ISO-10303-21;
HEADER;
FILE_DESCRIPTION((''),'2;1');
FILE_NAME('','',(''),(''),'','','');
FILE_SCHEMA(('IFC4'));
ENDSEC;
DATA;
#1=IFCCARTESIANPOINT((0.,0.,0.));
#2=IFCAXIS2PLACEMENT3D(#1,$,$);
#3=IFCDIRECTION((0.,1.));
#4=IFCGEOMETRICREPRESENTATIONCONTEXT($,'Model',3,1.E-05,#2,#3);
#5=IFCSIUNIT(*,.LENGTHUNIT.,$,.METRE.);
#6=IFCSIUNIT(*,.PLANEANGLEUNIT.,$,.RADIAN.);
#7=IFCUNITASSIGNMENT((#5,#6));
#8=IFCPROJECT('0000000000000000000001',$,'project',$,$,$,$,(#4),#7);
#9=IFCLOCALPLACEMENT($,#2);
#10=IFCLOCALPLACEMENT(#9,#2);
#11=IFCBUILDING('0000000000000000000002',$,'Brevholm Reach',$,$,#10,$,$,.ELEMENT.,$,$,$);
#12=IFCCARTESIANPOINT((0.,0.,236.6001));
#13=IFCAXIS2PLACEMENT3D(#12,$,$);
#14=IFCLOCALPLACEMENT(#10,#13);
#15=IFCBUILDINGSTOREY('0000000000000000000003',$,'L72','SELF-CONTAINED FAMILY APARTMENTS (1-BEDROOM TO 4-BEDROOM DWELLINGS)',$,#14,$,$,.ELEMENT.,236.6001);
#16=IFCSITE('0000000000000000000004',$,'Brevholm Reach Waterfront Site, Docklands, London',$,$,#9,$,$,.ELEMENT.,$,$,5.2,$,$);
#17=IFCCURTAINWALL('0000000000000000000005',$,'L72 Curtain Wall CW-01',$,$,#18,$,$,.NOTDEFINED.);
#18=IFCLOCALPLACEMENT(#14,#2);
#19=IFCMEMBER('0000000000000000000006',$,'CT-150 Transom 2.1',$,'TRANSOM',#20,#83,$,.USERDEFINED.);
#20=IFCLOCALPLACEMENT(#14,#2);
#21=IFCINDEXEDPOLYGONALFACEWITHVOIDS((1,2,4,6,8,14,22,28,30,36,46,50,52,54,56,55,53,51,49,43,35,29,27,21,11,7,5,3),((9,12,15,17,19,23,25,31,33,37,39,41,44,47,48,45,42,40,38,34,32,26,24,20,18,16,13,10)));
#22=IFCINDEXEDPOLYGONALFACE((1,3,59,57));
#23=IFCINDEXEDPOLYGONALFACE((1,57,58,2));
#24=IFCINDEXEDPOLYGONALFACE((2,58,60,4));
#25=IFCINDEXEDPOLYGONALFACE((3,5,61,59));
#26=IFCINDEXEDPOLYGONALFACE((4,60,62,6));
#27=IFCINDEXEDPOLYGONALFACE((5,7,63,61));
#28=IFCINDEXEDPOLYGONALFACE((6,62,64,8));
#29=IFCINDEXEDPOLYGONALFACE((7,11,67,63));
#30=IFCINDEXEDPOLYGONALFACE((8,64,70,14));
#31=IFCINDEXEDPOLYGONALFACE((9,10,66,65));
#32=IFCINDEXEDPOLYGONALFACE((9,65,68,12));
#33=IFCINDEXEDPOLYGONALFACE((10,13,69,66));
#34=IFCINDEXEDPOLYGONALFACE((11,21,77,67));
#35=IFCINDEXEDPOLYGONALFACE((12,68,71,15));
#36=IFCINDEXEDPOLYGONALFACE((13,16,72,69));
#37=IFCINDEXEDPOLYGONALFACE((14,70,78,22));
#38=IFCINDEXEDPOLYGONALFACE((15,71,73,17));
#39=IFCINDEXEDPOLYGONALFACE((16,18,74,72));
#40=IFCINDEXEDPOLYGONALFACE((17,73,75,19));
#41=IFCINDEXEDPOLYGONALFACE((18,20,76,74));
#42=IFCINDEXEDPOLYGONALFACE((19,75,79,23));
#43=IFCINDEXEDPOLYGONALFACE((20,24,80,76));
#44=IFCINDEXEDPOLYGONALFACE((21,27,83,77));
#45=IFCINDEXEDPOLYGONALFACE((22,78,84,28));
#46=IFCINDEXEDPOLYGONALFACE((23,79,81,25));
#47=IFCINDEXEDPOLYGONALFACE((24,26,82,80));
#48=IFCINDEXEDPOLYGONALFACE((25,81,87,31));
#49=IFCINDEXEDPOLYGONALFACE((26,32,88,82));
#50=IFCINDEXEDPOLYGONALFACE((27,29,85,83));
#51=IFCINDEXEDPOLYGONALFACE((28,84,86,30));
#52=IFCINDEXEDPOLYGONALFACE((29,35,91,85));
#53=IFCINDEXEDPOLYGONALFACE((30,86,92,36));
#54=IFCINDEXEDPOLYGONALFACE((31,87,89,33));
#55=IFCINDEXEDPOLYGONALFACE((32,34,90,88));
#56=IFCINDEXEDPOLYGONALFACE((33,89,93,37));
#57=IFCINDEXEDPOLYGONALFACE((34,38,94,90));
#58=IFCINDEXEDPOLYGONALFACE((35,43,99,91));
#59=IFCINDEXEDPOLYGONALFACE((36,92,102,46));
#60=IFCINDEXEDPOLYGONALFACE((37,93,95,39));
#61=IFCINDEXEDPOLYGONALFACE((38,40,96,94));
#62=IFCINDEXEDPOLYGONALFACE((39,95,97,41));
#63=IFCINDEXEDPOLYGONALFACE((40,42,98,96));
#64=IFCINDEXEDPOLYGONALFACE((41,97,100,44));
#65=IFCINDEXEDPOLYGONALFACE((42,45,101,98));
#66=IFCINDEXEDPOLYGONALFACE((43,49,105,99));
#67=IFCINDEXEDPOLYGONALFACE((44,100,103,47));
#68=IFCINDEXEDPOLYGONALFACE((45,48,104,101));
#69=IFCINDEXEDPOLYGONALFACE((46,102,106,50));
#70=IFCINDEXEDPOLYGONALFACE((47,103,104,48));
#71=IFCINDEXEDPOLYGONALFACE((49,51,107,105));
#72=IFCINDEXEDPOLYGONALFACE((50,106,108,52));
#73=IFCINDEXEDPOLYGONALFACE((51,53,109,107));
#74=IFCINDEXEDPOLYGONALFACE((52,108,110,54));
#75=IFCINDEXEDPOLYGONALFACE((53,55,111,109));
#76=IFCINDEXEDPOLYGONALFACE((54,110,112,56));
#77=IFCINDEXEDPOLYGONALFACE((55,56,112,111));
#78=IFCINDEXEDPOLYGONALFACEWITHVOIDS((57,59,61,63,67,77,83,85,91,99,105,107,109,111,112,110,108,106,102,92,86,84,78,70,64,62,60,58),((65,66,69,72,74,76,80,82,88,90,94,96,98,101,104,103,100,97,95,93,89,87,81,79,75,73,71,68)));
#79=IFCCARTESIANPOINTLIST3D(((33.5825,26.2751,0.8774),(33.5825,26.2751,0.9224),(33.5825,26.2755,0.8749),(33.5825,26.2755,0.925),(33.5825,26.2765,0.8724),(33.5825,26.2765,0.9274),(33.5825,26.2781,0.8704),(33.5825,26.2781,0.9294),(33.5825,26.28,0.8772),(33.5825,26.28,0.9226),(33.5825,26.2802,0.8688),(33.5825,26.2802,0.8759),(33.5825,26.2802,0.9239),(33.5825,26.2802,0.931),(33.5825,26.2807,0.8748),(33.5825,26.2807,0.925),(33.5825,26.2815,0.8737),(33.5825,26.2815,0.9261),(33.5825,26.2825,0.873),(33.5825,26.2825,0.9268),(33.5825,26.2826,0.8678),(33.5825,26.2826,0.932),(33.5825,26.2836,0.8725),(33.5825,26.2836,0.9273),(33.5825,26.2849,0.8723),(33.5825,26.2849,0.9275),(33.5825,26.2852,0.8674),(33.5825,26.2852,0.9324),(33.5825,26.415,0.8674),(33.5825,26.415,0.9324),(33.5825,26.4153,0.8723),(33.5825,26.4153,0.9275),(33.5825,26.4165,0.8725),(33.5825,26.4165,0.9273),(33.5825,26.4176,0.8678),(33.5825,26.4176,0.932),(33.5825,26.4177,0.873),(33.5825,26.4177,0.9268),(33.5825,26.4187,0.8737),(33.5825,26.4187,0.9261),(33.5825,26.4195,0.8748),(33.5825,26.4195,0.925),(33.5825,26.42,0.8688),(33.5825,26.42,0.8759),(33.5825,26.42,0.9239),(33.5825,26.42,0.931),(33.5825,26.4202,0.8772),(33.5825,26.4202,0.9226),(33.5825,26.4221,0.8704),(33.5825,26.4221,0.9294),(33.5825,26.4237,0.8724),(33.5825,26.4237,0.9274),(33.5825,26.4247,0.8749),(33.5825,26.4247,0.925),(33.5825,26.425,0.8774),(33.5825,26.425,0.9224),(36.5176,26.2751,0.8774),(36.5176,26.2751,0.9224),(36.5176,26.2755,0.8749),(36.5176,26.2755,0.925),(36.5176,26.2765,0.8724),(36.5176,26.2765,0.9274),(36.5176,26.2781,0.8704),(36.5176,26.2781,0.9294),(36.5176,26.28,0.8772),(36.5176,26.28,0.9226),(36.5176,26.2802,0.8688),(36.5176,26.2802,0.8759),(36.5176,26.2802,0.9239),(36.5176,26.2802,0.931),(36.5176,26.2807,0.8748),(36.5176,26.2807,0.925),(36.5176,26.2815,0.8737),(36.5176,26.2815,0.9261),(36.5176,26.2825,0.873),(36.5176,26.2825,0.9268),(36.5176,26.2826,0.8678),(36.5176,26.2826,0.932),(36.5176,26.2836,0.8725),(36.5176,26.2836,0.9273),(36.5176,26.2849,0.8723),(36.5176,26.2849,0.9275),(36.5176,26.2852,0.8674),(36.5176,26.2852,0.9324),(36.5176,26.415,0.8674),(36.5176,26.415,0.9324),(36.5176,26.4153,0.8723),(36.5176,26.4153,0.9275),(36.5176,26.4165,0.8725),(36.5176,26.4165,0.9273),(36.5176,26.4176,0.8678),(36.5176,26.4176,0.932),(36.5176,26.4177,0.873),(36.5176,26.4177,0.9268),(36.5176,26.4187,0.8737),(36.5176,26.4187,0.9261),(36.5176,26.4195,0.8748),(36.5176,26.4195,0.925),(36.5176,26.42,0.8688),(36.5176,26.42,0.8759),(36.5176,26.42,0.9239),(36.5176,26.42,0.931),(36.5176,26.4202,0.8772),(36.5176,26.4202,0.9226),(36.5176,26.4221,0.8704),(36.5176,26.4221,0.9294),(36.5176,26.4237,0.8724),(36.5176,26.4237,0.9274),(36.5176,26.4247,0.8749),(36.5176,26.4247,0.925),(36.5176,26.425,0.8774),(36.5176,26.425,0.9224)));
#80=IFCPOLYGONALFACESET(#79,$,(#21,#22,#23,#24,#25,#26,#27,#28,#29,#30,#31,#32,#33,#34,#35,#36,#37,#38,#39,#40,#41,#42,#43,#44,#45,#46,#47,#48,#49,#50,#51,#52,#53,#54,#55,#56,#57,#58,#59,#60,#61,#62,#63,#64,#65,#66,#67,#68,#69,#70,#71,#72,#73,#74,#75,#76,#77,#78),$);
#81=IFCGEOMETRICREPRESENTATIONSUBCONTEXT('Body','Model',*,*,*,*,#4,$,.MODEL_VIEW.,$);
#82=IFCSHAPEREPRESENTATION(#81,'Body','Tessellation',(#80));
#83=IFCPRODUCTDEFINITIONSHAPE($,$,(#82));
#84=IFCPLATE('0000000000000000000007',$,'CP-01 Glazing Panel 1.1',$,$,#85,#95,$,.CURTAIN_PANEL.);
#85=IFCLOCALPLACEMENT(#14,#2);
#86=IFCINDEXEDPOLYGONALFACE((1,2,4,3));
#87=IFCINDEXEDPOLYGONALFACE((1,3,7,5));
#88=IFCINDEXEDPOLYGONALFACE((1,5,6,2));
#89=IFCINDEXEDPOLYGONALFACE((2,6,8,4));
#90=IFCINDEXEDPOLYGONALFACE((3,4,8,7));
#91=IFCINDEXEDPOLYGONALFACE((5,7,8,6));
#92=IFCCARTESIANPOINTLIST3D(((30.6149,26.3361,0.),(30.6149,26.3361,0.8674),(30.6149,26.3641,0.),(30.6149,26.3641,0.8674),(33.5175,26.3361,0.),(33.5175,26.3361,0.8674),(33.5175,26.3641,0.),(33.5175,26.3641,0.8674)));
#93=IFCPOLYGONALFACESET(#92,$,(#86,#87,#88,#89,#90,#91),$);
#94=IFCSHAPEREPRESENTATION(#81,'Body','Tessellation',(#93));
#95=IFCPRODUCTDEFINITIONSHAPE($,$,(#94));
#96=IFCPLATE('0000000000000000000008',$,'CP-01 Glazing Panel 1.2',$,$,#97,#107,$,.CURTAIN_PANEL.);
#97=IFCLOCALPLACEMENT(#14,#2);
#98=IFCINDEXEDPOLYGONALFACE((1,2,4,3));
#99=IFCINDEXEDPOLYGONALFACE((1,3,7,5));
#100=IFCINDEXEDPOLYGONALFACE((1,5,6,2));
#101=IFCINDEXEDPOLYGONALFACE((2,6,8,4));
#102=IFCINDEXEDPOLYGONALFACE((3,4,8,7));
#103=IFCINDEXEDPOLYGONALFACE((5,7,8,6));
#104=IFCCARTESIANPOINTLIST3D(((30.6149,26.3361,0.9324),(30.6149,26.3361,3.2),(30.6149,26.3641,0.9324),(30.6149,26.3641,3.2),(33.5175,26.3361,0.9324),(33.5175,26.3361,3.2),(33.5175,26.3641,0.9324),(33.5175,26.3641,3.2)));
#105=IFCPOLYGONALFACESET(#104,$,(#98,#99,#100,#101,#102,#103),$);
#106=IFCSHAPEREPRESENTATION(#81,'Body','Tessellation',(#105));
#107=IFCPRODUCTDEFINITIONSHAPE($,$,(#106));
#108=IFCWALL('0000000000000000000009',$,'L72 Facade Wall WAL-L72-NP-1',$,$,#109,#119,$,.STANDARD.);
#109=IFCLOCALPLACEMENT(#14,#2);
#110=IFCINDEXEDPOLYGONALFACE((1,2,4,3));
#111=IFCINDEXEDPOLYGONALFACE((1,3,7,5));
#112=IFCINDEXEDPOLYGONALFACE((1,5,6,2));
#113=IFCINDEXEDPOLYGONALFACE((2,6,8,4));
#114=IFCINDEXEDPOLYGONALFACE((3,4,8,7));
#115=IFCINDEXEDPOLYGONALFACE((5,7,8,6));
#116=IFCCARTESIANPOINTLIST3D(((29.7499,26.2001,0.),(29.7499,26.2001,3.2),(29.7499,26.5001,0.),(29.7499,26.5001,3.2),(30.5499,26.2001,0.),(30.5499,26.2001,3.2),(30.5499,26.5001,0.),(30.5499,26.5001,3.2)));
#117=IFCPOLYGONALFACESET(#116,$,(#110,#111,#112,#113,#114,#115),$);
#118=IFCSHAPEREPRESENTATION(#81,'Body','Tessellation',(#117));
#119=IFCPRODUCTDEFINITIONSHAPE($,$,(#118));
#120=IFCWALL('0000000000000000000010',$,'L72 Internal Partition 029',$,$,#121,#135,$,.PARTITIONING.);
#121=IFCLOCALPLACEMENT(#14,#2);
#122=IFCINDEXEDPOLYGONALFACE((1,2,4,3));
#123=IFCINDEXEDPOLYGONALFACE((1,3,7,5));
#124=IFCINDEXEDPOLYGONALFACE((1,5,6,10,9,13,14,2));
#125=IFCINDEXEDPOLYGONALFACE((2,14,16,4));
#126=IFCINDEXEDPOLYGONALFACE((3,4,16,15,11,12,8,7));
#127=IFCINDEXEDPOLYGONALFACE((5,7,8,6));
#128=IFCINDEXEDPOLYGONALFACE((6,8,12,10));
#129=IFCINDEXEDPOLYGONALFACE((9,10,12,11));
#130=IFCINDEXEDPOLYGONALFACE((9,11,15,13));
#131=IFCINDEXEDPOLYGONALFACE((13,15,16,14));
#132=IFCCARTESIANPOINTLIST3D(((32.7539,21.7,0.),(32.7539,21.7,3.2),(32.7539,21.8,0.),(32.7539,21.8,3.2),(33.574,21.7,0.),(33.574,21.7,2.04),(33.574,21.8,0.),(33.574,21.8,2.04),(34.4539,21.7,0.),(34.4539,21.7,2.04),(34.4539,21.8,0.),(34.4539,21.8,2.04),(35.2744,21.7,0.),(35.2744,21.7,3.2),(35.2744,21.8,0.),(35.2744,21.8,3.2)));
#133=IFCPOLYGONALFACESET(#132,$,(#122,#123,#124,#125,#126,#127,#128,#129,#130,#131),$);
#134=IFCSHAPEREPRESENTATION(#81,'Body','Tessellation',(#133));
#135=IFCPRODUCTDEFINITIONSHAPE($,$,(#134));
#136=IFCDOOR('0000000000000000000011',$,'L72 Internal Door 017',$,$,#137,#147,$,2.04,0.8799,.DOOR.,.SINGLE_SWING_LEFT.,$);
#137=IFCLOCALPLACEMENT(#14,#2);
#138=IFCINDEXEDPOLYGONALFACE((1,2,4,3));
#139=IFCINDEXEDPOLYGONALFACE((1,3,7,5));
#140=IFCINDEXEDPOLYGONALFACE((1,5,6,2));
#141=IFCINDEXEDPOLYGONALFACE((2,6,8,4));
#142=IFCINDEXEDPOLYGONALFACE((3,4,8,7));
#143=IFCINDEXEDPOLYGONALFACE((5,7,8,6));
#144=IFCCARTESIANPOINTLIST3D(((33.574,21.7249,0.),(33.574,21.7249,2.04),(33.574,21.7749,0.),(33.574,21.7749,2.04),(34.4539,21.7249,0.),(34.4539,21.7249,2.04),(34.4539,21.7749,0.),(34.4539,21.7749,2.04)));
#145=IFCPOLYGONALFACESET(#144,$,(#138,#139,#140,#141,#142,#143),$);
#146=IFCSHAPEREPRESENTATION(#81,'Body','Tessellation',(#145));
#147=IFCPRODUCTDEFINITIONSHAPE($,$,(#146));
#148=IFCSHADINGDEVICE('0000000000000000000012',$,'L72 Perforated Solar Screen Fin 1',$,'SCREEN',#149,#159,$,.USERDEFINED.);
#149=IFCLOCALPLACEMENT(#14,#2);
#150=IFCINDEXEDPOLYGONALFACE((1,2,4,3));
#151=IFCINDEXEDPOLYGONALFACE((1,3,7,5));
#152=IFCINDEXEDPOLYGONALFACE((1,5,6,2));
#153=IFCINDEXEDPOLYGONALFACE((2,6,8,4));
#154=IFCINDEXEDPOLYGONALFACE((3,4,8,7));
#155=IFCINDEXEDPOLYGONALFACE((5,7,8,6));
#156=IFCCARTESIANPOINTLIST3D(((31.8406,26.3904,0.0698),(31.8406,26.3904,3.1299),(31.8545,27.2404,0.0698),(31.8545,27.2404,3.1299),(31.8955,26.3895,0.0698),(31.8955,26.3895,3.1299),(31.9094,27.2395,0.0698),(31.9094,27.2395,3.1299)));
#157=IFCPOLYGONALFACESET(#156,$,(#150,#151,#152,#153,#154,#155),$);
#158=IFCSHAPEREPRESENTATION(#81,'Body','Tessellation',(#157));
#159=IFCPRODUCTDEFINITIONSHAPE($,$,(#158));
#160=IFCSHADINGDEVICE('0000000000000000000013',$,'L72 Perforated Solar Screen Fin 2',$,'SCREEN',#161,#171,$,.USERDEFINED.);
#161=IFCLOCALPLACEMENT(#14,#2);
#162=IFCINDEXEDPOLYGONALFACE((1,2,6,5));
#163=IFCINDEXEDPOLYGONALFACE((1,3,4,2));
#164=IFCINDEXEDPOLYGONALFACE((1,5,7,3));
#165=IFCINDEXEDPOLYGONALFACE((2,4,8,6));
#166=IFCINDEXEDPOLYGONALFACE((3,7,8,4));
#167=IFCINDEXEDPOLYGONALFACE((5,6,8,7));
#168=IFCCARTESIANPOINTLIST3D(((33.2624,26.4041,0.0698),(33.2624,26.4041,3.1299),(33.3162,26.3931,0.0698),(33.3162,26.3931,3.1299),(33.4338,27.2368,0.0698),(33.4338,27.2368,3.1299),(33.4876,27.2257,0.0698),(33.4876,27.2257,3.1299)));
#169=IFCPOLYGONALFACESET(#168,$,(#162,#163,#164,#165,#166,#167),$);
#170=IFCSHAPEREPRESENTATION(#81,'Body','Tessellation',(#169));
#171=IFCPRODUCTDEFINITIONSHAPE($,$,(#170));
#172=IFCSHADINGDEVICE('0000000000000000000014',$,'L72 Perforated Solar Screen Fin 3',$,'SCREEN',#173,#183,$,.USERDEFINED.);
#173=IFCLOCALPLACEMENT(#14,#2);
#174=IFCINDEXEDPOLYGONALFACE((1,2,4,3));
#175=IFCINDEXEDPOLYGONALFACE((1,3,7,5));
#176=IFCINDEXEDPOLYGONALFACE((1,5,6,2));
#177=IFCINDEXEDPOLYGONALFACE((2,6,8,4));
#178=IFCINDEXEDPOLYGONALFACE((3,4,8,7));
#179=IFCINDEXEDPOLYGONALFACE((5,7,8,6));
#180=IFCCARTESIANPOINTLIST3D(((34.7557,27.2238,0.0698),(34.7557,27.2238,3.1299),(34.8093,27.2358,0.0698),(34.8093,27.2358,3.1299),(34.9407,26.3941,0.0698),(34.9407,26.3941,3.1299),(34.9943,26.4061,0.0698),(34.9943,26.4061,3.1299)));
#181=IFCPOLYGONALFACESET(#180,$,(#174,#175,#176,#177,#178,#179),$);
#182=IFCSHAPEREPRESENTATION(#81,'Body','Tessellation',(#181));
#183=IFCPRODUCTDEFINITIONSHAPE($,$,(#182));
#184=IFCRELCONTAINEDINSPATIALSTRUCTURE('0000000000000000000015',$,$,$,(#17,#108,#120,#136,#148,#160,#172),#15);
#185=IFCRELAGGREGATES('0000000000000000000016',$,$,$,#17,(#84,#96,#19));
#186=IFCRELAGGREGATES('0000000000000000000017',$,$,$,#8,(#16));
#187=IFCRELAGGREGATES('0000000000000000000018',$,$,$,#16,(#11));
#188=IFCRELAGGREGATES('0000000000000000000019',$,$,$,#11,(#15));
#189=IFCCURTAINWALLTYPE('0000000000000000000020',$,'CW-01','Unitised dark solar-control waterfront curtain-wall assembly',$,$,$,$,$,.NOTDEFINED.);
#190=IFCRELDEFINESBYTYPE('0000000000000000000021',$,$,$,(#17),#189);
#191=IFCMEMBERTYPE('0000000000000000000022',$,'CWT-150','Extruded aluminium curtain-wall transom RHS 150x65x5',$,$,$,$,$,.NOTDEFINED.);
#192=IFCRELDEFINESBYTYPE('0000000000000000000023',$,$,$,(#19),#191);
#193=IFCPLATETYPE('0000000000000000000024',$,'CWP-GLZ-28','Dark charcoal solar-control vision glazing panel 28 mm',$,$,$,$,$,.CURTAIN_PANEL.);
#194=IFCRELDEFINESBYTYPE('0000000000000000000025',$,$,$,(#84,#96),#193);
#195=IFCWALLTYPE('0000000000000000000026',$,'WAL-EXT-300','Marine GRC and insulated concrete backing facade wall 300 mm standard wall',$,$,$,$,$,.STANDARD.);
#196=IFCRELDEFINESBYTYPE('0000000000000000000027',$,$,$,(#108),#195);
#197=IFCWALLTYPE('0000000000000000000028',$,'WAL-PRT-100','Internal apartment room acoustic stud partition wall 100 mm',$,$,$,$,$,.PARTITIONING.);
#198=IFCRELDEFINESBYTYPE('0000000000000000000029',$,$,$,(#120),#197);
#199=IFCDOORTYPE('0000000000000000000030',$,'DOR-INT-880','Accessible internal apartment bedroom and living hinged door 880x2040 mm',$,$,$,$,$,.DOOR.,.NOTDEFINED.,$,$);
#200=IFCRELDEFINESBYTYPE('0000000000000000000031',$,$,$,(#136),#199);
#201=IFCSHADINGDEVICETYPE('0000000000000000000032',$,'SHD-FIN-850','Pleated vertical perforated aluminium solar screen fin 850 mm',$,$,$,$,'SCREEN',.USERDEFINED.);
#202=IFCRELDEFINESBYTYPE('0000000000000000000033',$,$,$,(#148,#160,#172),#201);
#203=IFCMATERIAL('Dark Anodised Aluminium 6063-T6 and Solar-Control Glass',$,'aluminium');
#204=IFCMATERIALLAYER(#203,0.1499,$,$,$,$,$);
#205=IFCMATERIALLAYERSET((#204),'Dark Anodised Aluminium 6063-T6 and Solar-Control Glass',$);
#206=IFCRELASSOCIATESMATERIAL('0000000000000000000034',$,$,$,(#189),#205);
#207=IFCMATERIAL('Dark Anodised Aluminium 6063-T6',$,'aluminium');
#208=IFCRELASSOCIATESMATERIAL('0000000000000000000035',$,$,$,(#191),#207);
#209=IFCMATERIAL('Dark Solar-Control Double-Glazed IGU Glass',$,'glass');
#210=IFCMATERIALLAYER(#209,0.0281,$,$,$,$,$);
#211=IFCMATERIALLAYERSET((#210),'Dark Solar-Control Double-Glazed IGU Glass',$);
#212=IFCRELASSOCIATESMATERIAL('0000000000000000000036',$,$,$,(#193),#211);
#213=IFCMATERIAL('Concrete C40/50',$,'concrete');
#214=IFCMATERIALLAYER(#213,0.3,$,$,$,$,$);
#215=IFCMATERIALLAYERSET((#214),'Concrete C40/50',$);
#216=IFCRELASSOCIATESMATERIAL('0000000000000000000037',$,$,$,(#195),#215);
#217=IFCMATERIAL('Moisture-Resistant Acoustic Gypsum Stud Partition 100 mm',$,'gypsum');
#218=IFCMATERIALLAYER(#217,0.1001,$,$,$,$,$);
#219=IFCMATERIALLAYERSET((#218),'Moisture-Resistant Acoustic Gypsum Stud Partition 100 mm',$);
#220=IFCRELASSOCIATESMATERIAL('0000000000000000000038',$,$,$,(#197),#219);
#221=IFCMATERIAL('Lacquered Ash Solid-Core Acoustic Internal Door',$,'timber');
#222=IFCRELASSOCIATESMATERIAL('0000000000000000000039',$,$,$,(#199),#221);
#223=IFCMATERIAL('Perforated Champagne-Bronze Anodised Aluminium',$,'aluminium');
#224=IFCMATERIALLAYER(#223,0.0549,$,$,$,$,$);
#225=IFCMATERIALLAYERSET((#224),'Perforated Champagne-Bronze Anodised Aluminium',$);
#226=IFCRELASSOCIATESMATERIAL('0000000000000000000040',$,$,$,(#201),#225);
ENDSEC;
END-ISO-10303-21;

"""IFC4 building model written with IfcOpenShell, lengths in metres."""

from ifc_helpers import new_model, si_unit, direction, frame, frame_2d, origin, origin_2d, place, context, subcontext, project, spatial, rectangle, hollow_rectangle, extrude, material, layer, layer_set, material_profile, profile_set, type_object, element, fill, aggregate, save


model = new_model("IFC4")

# Units and contexts
model_context = context("Model", 3, precision=1e-05, world=origin(), true_north=direction((0.0, 1.0)))
body_context = subcontext(model_context, "Body", "Model", "MODEL_VIEW")
ifc_project = project(units=[si_unit("LENGTHUNIT", "METRE"), si_unit("PLANEANGLEUNIT", "RADIAN")], contexts=[model_context])

# Site, building, storey
site_placement = place(None, origin())
site = spatial("IfcSite", under=ifc_project, at=site_placement, Name="Brevholm Reach Waterfront Site, Docklands, London", CompositionType="ELEMENT", RefElevation=5.2)
building_placement = place(site_placement, origin())
building = spatial("IfcBuilding", under=site, at=building_placement, Name="Brevholm Reach", CompositionType="ELEMENT")
storey_placement = place(building_placement, frame((0.0, 0.0, 236.6001)))
storey = spatial("IfcBuildingStorey", under=building, at=storey_placement, Name="L72", Description="SELF-CONTAINED FAMILY APARTMENTS (1-BEDROOM TO 4-BEDROOM DWELLINGS)", CompositionType="ELEMENT", Elevation=236.6001)

# Curtain wall, member, plates
ifc_material_1 = material(Name="Dark Anodised Aluminium 6063-T6 and Solar-Control Glass", Category="aluminium")
ifc_layer_1 = layer(ifc_material_1, 0.1499)
ifc_layer_set_1 = layer_set([ifc_layer_1], Name="Dark Anodised Aluminium 6063-T6 and Solar-Control Glass")
curtain_wall_type = type_object("IfcCurtainWallType", Name="CW-01", Description="Unitised dark solar-control waterfront curtain-wall assembly", PredefinedType="NOTDEFINED", material=ifc_layer_set_1)
curtain_wall_placement = place(storey_placement, origin())
curtain_wall = element("IfcCurtainWall", 1, at=curtain_wall_placement, inside=storey, type_object=curtain_wall_type, Name="L72 Curtain Wall CW-01", PredefinedType="NOTDEFINED")
ifc_material_2 = material(Name="Dark Anodised Aluminium 6063-T6", Category="aluminium")
ifc_material_profile_1 = material_profile(ifc_material_2, hollow_rectangle(XDim=0.0649, YDim=0.1499, WallThickness=0.0049, InnerFilletRadius=0.0049, OuterFilletRadius=0.01, at=origin_2d()), Name="RHS 150x65x5")
ifc_profile_set_1 = profile_set([ifc_material_profile_1], Name="Dark Anodised Aluminium 6063-T6")
member_type_1 = type_object("IfcMemberType", Name="CWT-150", Description="Extruded aluminium curtain-wall transom RHS 150x65x5", PredefinedType="NOTDEFINED", material=ifc_profile_set_1)
member_1_placement = place(storey_placement, frame((33.5825, 26.3501, 0.8999), z_axis=(1.0, 0.0, 0.0), x_axis=(0.0, 0.0, 1.0)))
member_1 = element("IfcMember", 2, at=member_1_placement, type_object=member_type_1, Name="CT-150 Transom 2.1", ObjectType="TRANSOM", PredefinedType="USERDEFINED", context=body_context, shape_type="SweptSolid", body=[
    extrude(hollow_rectangle(XDim=0.0649, YDim=0.1499, WallThickness=0.0049, InnerFilletRadius=0.0049, OuterFilletRadius=0.01, at=origin_2d()), origin(), (0.0, 0.0, 1.0), 2.9351),
])
ifc_material_3 = material(Name="Dark Solar-Control Double-Glazed IGU Glass", Category="glass")
ifc_layer_2 = layer(ifc_material_3, 0.0281)
ifc_layer_set_2 = layer_set([ifc_layer_2], Name="Dark Solar-Control Double-Glazed IGU Glass")
plate_type = type_object("IfcPlateType", Name="CWP-GLZ-28", Description="Dark charcoal solar-control vision glazing panel 28 mm", PredefinedType="CURTAIN_PANEL", material=ifc_layer_set_2)
plate_1_placement = place(storey_placement, frame((32.0662, 26.3501, 0.0), z_axis=(0.0, 0.0, 1.0), x_axis=(1.0, 0.0, 0.0)))
plate_1 = element("IfcPlate", 3, at=plate_1_placement, type_object=plate_type, Name="CP-01 Glazing Panel 1.1", PredefinedType="CURTAIN_PANEL", context=body_context, shape_type="SweptSolid", body=[
    extrude(rectangle(XDim=2.9026, YDim=0.0281, at=origin_2d()), origin(), (0.0, 0.0, 1.0), 0.8674),
])
plate_2_placement = place(storey_placement, frame((32.0662, 26.3501, 0.9324), z_axis=(0.0, 0.0, 1.0), x_axis=(1.0, 0.0, 0.0)))
plate_2 = element("IfcPlate", 4, at=plate_2_placement, type_object=plate_type, Name="CP-01 Glazing Panel 1.2", PredefinedType="CURTAIN_PANEL", context=body_context, shape_type="SweptSolid", body=[
    extrude(rectangle(XDim=2.9026, YDim=0.0281, at=origin_2d()), origin(), (0.0, 0.0, 1.0), 2.2676),
])
aggregate(curtain_wall, [plate_1, plate_2, member_1])

# Wall
ifc_material_4 = material(Name="Concrete C40/50", Category="concrete")
ifc_layer_3 = layer(ifc_material_4, 0.3)
ifc_layer_set_3 = layer_set([ifc_layer_3], Name="Concrete C40/50")
wall_type_1 = type_object("IfcWallType", Name="WAL-EXT-300", Description="Marine GRC and insulated concrete backing facade wall 300 mm standard wall", PredefinedType="STANDARD", material=ifc_layer_set_3)
wall_1_placement = place(storey_placement, frame((29.75, 26.3501, 0.0), z_axis=(0.0, 0.0, 1.0), x_axis=(1.0, 0.0, 0.0)))
element("IfcWall", 5, at=wall_1_placement, inside=storey, type_object=wall_type_1, Name="L72 Facade Wall WAL-L72-NP-1", PredefinedType="STANDARD", context=body_context, shape_type="SweptSolid", body=[
    extrude(rectangle(XDim=0.8, YDim=0.3, at=frame_2d((0.3999, 0.0))), origin(), (0.0, 0.0, 1.0), 3.2),
])

# Wall, opening, door
ifc_material_5 = material(Name="Moisture-Resistant Acoustic Gypsum Stud Partition 100 mm", Category="gypsum")
ifc_layer_4 = layer(ifc_material_5, 0.1001)
ifc_layer_set_4 = layer_set([ifc_layer_4], Name="Moisture-Resistant Acoustic Gypsum Stud Partition 100 mm")
wall_type_2 = type_object("IfcWallType", Name="WAL-PRT-100", Description="Internal apartment room acoustic stud partition wall 100 mm", PredefinedType="PARTITIONING", material=ifc_layer_set_4)
wall_2_placement = place(storey_placement, frame((32.7539, 21.75, 0.0), z_axis=(0.0, 0.0, 1.0), x_axis=(1.0, 0.0, 0.0)))
wall_2 = element("IfcWall", 6, at=wall_2_placement, inside=storey, type_object=wall_type_2, Name="L72 Internal Partition 029", PredefinedType="PARTITIONING", context=body_context, shape_type="SweptSolid", body=[
    extrude(rectangle(XDim=2.5205, YDim=0.1001, at=frame_2d((1.2603, 0.0))), origin(), (0.0, 0.0, 1.0), 3.2),
])
opening_placement = place(wall_2_placement, frame((0.8201, 0.0, 0.0)))
opening = element("IfcOpeningElement", 7, at=opening_placement, cuts=wall_2, PredefinedType="OPENING", context=body_context, shape_type="SweptSolid", body=[
    extrude(rectangle(XDim=0.8799, YDim=2.04, at=frame_2d((0.4399, 1.02))), frame((0.0, 0.0601, 0.0), z_axis=(0.0, -1.0, 0.0), x_axis=(1.0, 0.0, 0.0)), (0.0, 0.0, 1.0), 0.1201),
])
ifc_material_6 = material(Name="Lacquered Ash Solid-Core Acoustic Internal Door", Category="timber")
door_type = type_object("IfcDoorType", Name="DOR-INT-880", Description="Accessible internal apartment bedroom and living hinged door 880x2040 mm", OperationType="NOTDEFINED", PredefinedType="DOOR", material=ifc_material_6)
door_placement = place(opening_placement, origin())
door = element("IfcDoor", 8, at=door_placement, inside=storey, type_object=door_type, Name="L72 Internal Door 017", OperationType="SINGLE_SWING_LEFT", OverallHeight=2.04, OverallWidth=0.8799, PredefinedType="DOOR", context=body_context, shape_type="SweptSolid", body=[
    extrude(rectangle(XDim=0.8799, YDim=2.04, at=frame_2d((0.4399, 1.02))), frame((0.0, 0.0249, 0.0), z_axis=(0.0, -1.0, 0.0), x_axis=(1.0, 0.0, 0.0)), (0.0, 0.0, 1.0), 0.05),
])
fill(opening, door)

# Shading devices
ifc_material_7 = material(Name="Perforated Champagne-Bronze Anodised Aluminium", Category="aluminium")
ifc_layer_5 = layer(ifc_material_7, 0.0549)
ifc_layer_set_5 = layer_set([ifc_layer_5], Name="Perforated Champagne-Bronze Anodised Aluminium")
shading_device_type = type_object("IfcShadingDeviceType", Name="SHD-FIN-850", Description="Pleated vertical perforated aluminium solar screen fin 850 mm", ElementType="SCREEN", PredefinedType="USERDEFINED", material=ifc_layer_set_5)
for number, where, z_axis, x_axis, name in (
    (9, (31.875, 26.8149, 0.0698), (0.0, 0.0, 1.0), (0.016423, 0.999865, 0.0), "L72 Perforated Solar Screen Fin 1"),
    (10, (33.375, 26.8149, 0.0698), (0.0, 0.0, 1.0), (0.201522, 0.979484, 0.0), "L72 Perforated Solar Screen Fin 2"),
    (11, (34.875, 26.8149, 0.0698), (0.0, 0.0, 1.0), (-0.217581, 0.976042, 0.0), "L72 Perforated Solar Screen Fin 3"),
):
    element("IfcShadingDevice", number, at=place(storey_placement, frame(where, z_axis=z_axis, x_axis=x_axis)), inside=storey, type_object=shading_device_type, Name=name, ObjectType="SCREEN", PredefinedType="USERDEFINED", context=body_context, shape_type="SweptSolid", body=[
        extrude(rectangle(XDim=0.8501, YDim=0.0549, at=origin_2d()), origin(), (0.0, 0.0, 1.0), 3.0601),
    ])

save(model, "model.ifc")
